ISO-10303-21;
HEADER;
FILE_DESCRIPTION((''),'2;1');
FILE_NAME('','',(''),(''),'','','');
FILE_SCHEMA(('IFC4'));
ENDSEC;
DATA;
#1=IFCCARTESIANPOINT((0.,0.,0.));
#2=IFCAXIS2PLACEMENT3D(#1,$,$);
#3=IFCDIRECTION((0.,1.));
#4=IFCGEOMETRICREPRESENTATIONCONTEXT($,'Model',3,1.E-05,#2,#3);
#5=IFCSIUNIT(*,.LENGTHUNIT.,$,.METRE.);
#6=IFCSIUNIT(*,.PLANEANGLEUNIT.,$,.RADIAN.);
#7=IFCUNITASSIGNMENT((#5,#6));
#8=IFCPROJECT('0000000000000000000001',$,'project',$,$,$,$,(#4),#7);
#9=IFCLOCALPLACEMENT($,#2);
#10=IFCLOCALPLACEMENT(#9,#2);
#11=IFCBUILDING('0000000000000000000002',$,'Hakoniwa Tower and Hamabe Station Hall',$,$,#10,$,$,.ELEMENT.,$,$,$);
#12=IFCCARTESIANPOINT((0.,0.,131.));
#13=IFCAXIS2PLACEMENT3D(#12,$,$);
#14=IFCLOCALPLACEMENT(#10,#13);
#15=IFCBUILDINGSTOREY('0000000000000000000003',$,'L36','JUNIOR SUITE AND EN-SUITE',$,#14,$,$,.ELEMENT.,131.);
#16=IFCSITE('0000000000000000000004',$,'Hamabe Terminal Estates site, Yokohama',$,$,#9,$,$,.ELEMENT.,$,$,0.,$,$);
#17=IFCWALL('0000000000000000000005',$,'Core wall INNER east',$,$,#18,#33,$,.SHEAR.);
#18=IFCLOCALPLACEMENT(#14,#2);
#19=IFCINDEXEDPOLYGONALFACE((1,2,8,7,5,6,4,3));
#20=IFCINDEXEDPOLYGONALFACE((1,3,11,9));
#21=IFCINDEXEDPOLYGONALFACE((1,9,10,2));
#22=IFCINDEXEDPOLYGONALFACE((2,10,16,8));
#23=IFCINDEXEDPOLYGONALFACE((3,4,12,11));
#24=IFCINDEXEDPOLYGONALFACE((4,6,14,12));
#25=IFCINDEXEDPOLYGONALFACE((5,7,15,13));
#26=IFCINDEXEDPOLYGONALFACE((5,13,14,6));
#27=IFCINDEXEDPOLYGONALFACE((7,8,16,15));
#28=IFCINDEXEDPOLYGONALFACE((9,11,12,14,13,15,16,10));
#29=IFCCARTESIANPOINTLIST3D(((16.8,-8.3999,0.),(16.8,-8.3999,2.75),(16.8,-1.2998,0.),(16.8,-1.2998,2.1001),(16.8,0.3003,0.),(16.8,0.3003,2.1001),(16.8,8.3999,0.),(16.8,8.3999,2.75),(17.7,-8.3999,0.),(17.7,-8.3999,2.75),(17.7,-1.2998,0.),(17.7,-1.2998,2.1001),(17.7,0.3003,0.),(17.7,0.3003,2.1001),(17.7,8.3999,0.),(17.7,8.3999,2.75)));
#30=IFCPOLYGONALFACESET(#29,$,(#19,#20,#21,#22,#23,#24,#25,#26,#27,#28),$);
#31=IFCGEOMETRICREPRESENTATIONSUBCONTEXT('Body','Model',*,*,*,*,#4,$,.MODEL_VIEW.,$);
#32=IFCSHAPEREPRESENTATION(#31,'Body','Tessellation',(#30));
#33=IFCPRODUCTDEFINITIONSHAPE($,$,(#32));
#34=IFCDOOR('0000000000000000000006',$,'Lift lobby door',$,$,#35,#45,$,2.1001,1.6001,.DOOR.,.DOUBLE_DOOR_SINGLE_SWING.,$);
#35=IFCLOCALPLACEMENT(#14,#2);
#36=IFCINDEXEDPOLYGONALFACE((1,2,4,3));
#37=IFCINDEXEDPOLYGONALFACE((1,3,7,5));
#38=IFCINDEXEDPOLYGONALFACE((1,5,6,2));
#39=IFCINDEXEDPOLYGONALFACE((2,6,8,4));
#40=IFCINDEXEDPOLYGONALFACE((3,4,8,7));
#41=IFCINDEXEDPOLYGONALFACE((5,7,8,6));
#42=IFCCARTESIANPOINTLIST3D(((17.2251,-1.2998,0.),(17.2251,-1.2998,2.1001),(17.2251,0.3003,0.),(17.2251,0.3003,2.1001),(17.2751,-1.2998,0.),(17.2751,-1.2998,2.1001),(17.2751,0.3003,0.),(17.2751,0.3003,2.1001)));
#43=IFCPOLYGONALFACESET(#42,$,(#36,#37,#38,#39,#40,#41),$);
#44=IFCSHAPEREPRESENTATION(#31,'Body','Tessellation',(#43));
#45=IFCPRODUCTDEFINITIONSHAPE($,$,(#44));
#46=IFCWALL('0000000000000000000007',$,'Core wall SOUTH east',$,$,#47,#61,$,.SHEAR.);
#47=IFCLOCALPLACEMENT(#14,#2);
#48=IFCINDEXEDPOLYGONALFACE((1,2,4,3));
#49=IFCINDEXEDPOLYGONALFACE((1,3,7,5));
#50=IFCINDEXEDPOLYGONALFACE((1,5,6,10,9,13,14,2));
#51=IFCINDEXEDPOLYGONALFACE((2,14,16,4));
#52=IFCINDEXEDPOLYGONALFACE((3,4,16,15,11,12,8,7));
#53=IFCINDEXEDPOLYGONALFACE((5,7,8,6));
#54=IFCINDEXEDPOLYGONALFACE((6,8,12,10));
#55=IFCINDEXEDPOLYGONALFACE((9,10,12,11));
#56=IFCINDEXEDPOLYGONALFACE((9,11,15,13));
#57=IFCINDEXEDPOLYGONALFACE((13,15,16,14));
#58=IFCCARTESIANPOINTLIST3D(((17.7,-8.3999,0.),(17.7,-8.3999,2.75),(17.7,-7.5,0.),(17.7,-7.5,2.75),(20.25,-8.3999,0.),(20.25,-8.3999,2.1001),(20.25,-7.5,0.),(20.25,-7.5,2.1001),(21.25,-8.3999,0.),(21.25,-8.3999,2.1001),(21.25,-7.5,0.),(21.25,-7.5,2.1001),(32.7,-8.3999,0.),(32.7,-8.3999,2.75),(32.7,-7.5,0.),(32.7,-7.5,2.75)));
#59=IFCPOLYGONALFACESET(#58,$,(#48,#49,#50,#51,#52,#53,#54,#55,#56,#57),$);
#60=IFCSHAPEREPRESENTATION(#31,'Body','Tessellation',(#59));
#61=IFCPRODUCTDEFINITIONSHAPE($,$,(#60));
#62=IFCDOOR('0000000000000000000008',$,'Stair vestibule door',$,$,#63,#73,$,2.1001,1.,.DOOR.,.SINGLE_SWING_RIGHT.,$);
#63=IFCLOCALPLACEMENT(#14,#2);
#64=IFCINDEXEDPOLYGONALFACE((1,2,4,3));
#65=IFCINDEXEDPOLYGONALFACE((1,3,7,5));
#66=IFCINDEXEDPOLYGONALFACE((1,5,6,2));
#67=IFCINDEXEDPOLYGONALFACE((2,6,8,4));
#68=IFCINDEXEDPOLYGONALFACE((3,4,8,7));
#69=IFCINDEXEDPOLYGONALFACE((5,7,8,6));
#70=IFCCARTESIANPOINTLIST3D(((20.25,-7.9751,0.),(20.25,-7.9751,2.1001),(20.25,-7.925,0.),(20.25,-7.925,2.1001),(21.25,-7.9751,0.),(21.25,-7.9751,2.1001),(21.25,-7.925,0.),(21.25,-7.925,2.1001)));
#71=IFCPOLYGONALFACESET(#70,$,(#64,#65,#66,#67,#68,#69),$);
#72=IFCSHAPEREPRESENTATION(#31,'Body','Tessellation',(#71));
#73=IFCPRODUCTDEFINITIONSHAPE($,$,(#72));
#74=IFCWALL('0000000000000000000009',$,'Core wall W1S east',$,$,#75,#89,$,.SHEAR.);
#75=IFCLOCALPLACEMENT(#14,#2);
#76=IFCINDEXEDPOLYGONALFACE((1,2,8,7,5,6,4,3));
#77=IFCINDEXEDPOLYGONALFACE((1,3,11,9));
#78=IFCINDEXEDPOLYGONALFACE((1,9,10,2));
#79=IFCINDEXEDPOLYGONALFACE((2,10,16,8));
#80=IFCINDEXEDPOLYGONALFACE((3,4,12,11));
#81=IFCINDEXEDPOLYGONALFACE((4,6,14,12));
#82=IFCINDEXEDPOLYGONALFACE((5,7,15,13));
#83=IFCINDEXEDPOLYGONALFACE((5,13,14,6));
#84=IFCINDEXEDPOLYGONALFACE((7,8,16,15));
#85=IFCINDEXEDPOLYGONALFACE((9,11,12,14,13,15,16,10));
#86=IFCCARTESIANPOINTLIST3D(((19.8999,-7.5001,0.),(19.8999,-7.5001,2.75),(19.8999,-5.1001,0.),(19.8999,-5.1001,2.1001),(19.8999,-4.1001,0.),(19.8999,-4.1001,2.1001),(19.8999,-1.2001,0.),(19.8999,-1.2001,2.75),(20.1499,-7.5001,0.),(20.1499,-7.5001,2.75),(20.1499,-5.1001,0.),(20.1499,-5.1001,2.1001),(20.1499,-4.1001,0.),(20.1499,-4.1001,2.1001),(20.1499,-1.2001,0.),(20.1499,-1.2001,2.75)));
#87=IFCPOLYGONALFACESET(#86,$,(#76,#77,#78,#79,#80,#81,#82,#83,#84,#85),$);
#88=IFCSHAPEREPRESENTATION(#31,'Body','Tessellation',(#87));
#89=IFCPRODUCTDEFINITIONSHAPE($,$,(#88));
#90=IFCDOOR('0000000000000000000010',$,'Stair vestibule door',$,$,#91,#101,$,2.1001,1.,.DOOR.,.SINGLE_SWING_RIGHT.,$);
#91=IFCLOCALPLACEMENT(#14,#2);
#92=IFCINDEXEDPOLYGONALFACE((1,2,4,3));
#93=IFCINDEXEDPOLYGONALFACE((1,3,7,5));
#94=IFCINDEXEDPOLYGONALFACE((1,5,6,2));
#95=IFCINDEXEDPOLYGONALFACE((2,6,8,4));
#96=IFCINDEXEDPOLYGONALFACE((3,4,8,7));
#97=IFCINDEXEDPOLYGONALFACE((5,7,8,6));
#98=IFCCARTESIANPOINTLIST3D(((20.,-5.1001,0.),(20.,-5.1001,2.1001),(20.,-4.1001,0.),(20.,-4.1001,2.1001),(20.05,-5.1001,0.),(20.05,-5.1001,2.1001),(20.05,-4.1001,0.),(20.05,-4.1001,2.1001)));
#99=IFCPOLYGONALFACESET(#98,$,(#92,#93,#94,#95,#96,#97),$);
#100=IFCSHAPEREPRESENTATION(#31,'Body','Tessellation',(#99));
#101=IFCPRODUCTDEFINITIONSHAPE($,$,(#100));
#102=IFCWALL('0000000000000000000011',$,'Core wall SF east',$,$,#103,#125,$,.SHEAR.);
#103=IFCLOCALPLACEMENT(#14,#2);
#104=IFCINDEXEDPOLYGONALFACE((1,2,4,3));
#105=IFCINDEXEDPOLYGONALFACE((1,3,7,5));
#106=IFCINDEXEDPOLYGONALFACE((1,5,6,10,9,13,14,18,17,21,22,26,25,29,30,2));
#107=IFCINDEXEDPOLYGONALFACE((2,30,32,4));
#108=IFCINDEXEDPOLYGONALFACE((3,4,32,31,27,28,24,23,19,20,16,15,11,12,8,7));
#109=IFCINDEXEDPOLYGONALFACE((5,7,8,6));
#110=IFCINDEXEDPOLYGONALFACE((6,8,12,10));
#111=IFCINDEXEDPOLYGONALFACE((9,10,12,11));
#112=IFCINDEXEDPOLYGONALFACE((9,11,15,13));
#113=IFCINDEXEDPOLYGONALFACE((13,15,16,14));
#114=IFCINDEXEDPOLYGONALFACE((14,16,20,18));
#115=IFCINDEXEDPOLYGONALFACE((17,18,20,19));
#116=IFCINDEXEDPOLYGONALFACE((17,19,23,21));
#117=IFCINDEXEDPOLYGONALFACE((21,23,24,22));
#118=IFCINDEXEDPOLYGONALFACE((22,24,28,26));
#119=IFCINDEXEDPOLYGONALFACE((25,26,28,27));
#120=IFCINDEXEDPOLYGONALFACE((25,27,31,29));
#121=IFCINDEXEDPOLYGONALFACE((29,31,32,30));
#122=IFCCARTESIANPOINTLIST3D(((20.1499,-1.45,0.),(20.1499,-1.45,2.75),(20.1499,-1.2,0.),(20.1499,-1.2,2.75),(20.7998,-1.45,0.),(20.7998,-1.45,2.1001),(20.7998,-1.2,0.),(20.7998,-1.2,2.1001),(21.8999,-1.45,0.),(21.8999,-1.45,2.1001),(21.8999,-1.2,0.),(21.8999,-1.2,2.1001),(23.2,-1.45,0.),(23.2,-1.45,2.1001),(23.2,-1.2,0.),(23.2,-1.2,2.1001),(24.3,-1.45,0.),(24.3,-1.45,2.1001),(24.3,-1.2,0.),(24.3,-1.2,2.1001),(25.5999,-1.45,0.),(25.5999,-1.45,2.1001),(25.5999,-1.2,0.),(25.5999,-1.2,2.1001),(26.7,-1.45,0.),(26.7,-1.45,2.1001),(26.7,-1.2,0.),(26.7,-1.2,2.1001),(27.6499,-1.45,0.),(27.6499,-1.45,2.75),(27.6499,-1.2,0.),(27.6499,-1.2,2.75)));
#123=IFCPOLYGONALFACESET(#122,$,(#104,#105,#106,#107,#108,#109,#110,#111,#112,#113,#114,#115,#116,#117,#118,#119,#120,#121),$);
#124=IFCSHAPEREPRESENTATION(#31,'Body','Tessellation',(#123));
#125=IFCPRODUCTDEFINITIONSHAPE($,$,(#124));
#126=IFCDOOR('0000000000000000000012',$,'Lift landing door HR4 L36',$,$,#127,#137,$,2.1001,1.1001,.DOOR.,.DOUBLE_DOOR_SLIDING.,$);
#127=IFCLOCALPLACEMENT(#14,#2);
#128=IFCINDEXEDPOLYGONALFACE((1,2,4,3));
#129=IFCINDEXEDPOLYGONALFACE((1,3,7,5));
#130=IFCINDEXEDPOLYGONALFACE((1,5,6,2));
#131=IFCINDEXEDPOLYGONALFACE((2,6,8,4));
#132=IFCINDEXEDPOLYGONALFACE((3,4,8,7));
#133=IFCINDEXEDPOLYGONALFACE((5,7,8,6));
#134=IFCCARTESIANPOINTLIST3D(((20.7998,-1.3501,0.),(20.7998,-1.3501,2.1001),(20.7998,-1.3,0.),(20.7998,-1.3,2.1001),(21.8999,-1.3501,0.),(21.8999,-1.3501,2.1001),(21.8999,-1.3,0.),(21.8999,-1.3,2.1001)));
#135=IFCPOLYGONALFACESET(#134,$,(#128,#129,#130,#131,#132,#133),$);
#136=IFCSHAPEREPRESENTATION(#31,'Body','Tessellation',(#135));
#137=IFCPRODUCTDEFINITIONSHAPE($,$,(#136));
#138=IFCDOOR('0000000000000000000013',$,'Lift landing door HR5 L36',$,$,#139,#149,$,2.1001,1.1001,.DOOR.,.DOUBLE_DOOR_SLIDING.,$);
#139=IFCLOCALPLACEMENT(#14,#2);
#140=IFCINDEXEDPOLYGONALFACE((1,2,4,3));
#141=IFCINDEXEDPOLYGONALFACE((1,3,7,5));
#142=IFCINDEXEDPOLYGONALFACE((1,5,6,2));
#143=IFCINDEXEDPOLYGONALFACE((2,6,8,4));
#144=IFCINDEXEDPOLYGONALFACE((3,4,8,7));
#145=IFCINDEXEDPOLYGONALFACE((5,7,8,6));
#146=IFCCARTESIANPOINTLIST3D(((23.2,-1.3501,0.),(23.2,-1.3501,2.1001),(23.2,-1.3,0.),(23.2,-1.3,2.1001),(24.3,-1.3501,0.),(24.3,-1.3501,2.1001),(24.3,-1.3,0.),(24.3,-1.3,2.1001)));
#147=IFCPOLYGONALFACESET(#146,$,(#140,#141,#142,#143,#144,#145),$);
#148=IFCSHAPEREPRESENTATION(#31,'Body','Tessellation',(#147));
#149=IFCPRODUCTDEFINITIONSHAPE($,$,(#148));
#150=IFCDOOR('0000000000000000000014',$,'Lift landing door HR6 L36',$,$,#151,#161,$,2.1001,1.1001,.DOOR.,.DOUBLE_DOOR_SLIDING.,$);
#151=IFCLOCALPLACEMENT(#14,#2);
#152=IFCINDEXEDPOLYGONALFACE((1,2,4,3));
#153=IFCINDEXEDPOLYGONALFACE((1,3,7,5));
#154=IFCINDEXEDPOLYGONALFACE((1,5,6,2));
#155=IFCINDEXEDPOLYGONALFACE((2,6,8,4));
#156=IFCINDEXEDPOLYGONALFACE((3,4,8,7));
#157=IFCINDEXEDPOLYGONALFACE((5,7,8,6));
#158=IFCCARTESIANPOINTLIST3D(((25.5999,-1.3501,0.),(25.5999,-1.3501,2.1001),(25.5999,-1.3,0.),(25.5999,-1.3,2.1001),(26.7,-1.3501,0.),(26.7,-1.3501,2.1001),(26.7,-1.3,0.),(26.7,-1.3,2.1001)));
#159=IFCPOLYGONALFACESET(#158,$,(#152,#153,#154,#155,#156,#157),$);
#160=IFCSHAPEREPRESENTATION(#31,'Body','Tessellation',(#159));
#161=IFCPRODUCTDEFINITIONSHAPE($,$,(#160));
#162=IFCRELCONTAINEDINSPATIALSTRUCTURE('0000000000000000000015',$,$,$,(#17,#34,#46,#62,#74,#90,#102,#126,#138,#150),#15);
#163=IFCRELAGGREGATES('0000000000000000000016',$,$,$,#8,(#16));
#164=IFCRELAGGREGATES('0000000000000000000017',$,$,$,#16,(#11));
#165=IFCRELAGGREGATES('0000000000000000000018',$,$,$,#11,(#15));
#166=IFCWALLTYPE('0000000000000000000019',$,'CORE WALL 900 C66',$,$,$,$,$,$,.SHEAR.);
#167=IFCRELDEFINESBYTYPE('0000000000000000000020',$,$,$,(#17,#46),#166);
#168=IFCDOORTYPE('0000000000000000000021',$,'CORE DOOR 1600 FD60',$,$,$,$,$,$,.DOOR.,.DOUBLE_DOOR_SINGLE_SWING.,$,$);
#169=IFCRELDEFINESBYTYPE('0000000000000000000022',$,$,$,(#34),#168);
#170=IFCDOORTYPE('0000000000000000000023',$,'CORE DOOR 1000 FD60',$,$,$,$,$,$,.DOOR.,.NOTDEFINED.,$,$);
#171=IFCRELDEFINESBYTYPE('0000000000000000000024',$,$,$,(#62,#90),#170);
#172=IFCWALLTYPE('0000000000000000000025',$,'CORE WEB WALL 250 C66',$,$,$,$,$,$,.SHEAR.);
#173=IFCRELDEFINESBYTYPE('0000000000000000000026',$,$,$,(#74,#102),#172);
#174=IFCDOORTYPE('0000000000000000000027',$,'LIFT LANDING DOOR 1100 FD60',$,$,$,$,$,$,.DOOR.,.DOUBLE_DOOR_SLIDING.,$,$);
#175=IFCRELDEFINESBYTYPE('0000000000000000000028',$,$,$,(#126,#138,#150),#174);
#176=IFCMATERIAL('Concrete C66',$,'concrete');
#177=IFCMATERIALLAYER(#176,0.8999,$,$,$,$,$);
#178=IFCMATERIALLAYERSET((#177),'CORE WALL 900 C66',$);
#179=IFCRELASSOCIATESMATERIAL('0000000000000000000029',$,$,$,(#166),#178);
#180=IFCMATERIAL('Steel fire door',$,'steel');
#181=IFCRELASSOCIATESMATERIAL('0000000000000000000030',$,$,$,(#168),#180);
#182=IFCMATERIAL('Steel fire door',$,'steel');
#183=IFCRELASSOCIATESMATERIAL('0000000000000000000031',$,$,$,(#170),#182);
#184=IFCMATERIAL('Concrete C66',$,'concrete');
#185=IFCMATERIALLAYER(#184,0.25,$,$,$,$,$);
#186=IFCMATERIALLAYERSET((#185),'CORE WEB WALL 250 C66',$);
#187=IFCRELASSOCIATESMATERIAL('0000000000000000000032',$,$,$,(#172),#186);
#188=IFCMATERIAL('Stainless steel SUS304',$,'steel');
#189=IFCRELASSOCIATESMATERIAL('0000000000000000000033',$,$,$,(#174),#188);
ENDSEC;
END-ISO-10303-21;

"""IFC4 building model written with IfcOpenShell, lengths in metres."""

from ifc_helpers import new_model, si_unit, direction, frame, frame_2d, origin, place, context, subcontext, project, spatial, rectangle, extrude, material, layer, layer_set, type_object, element, fill, save


model = new_model("IFC4")

# Units and contexts
model_context = context("Model", 3, precision=1e-05, world=origin(), true_north=direction((0.0, 1.0)))
body_context = subcontext(model_context, "Body", "Model", "MODEL_VIEW")
ifc_project = project(units=[si_unit("LENGTHUNIT", "METRE"), si_unit("PLANEANGLEUNIT", "RADIAN")], contexts=[model_context])

# Site, building, storey
site_placement = place(None, origin())
site = spatial("IfcSite", under=ifc_project, at=site_placement, Name="Hamabe Terminal Estates site, Yokohama", CompositionType="ELEMENT", RefElevation=0.0)
building_placement = place(site_placement, origin())
building = spatial("IfcBuilding", under=site, at=building_placement, Name="Hakoniwa Tower and Hamabe Station Hall", CompositionType="ELEMENT")
storey_placement = place(building_placement, frame((0.0, 0.0, 131.0)))
storey = spatial("IfcBuildingStorey", under=building, at=storey_placement, Name="L36", Description="JUNIOR SUITE AND EN-SUITE", CompositionType="ELEMENT", Elevation=131.0)

# Walls, openings, doors
ifc_material_1 = material(Name="Concrete C66", Category="concrete")
ifc_layer_1 = layer(ifc_material_1, 0.8999)
ifc_layer_set_1 = layer_set([ifc_layer_1], Name="CORE WALL 900 C66")
wall_type_1 = type_object("IfcWallType", Name="CORE WALL 900 C66", PredefinedType="SHEAR", material=ifc_layer_set_1)
wall_1_placement = place(storey_placement, frame((17.25, -8.3999, 0.0), z_axis=(0.0, 0.0, 1.0), x_axis=(0.0, 1.0, 0.0)))
wall_1 = element("IfcWall", 1, at=wall_1_placement, inside=storey, type_object=wall_type_1, Name="Core wall INNER east", PredefinedType="SHEAR", context=body_context, shape_type="SweptSolid", body=[
    extrude(rectangle(XDim=16.7998, YDim=0.8999, at=frame_2d((8.3999, 0.0))), origin(), (0.0, 0.0, 1.0), 2.75),
])
opening_1_placement = place(wall_1_placement, frame((7.1001, 0.0, 0.0)))
opening_1 = element("IfcOpeningElement", 2, at=opening_1_placement, cuts=wall_1, PredefinedType="OPENING", context=body_context, shape_type="SweptSolid", body=[
    extrude(rectangle(XDim=1.6001, YDim=2.1001, at=frame_2d((0.8, 1.05))), frame((0.0, 0.46, 0.0), z_axis=(0.0, -1.0, 0.0), x_axis=(1.0, 0.0, 0.0)), (0.0, 0.0, 1.0), 0.9199),
])
ifc_material_2 = material(Name="Steel fire door", Category="steel")
door_type_1 = type_object("IfcDoorType", Name="CORE DOOR 1600 FD60", OperationType="DOUBLE_DOOR_SINGLE_SWING", PredefinedType="DOOR", material=ifc_material_2)
door_1_placement = place(opening_1_placement, origin())
door_1 = element("IfcDoor", 3, at=door_1_placement, inside=storey, type_object=door_type_1, Name="Lift lobby door", OperationType="DOUBLE_DOOR_SINGLE_SWING", OverallHeight=2.1001, OverallWidth=1.6001, PredefinedType="DOOR", context=body_context, shape_type="SweptSolid", body=[
    extrude(rectangle(XDim=1.6001, YDim=2.1001, at=frame_2d((0.8, 1.05))), frame((0.0, 0.0249, 0.0), z_axis=(0.0, -1.0, 0.0), x_axis=(1.0, 0.0, 0.0)), (0.0, 0.0, 1.0), 0.05),
])
fill(opening_1, door_1)
wall_2_placement = place(storey_placement, frame((17.7, -7.95, 0.0), z_axis=(0.0, 0.0, 1.0), x_axis=(1.0, 0.0, 0.0)))
wall_2 = element("IfcWall", 4, at=wall_2_placement, inside=storey, type_object=wall_type_1, Name="Core wall SOUTH east", PredefinedType="SHEAR", context=body_context, shape_type="SweptSolid", body=[
    extrude(rectangle(XDim=15.0, YDim=0.8999, at=frame_2d((7.5, 0.0))), origin(), (0.0, 0.0, 1.0), 2.75),
])
opening_2_placement = place(wall_2_placement, frame((2.55, 0.0, 0.0)))
opening_2 = element("IfcOpeningElement", 5, at=opening_2_placement, cuts=wall_2, PredefinedType="OPENING", context=body_context, shape_type="SweptSolid", body=[
    extrude(rectangle(XDim=1.0, YDim=2.1001, at=frame_2d((0.5, 1.05))), frame((0.0, 0.46, 0.0), z_axis=(0.0, -1.0, 0.0), x_axis=(1.0, 0.0, 0.0)), (0.0, 0.0, 1.0), 0.9199),
])
ifc_material_3 = material(Name="Steel fire door", Category="steel")
door_type_2 = type_object("IfcDoorType", Name="CORE DOOR 1000 FD60", OperationType="NOTDEFINED", PredefinedType="DOOR", material=ifc_material_3)
door_2_placement = place(opening_2_placement, origin())
door_2 = element("IfcDoor", 6, at=door_2_placement, inside=storey, type_object=door_type_2, Name="Stair vestibule door", OperationType="SINGLE_SWING_RIGHT", OverallHeight=2.1001, OverallWidth=1.0, PredefinedType="DOOR", context=body_context, shape_type="SweptSolid", body=[
    extrude(rectangle(XDim=1.0, YDim=2.1001, at=frame_2d((0.5, 1.05))), frame((0.0, 0.0249, 0.0), z_axis=(0.0, -1.0, 0.0), x_axis=(1.0, 0.0, 0.0)), (0.0, 0.0, 1.0), 0.05),
])
fill(opening_2, door_2)
ifc_material_4 = material(Name="Concrete C66", Category="concrete")
ifc_layer_2 = layer(ifc_material_4, 0.25)
ifc_layer_set_2 = layer_set([ifc_layer_2], Name="CORE WEB WALL 250 C66")
wall_type_2 = type_object("IfcWallType", Name="CORE WEB WALL 250 C66", PredefinedType="SHEAR", material=ifc_layer_set_2)
wall_3_placement = place(storey_placement, frame((20.0249, -7.5, 0.0), z_axis=(0.0, 0.0, 1.0), x_axis=(0.0, 1.0, 0.0)))
wall_3 = element("IfcWall", 7, at=wall_3_placement, inside=storey, type_object=wall_type_2, Name="Core wall W1S east", PredefinedType="SHEAR", context=body_context, shape_type="SweptSolid", body=[
    extrude(rectangle(XDim=6.3, YDim=0.25, at=frame_2d((3.1499, 0.0))), origin(), (0.0, 0.0, 1.0), 2.75),
])
opening_3_placement = place(wall_3_placement, frame((2.3999, 0.0, 0.0)))
opening_3 = element("IfcOpeningElement", 8, at=opening_3_placement, cuts=wall_3, PredefinedType="OPENING", context=body_context, shape_type="SweptSolid", body=[
    extrude(rectangle(XDim=1.0, YDim=2.1001, at=frame_2d((0.5, 1.05))), frame((0.0, 0.135, 0.0), z_axis=(0.0, -1.0, 0.0), x_axis=(1.0, 0.0, 0.0)), (0.0, 0.0, 1.0), 0.27),
])
door_3_placement = place(opening_3_placement, origin())
door_3 = element("IfcDoor", 9, at=door_3_placement, inside=storey, type_object=door_type_2, Name="Stair vestibule door", OperationType="SINGLE_SWING_RIGHT", OverallHeight=2.1001, OverallWidth=1.0, PredefinedType="DOOR", context=body_context, shape_type="SweptSolid", body=[
    extrude(rectangle(XDim=1.0, YDim=2.1001, at=frame_2d((0.5, 1.05))), frame((0.0, 0.0249, 0.0), z_axis=(0.0, -1.0, 0.0), x_axis=(1.0, 0.0, 0.0)), (0.0, 0.0, 1.0), 0.05),
])
fill(opening_3, door_3)

# Wall, openings, doors
wall_4_placement = place(storey_placement, frame((20.1499, -1.325, 0.0), z_axis=(0.0, 0.0, 1.0), x_axis=(1.0, 0.0, 0.0)))
wall_4 = element("IfcWall", 10, at=wall_4_placement, inside=storey, type_object=wall_type_2, Name="Core wall SF east", PredefinedType="SHEAR", context=body_context, shape_type="SweptSolid", body=[
    extrude(rectangle(XDim=7.5, YDim=0.25, at=frame_2d((3.75, 0.0))), origin(), (0.0, 0.0, 1.0), 2.75),
])
opening_4_placement = place(wall_4_placement, frame((0.6499, 0.0, 0.0)))
opening_4 = element("IfcOpeningElement", 11, at=opening_4_placement, cuts=wall_4, PredefinedType="OPENING", context=body_context, shape_type="SweptSolid", body=[
    extrude(rectangle(XDim=1.1001, YDim=2.1001, at=frame_2d((0.55, 1.05))), frame((0.0, 0.135, 0.0), z_axis=(0.0, -1.0, 0.0), x_axis=(1.0, 0.0, 0.0)), (0.0, 0.0, 1.0), 0.27),
])
opening_5_placement = place(wall_4_placement, frame((3.05, 0.0, 0.0)))
opening_5 = element("IfcOpeningElement", 12, at=opening_5_placement, cuts=wall_4, PredefinedType="OPENING", context=body_context, shape_type="SweptSolid", body=[
    extrude(rectangle(XDim=1.1001, YDim=2.1001, at=frame_2d((0.55, 1.05))), frame((0.0, 0.135, 0.0), z_axis=(0.0, -1.0, 0.0), x_axis=(1.0, 0.0, 0.0)), (0.0, 0.0, 1.0), 0.27),
])
opening_6_placement = place(wall_4_placement, frame((5.45, 0.0, 0.0)))
opening_6 = element("IfcOpeningElement", 13, at=opening_6_placement, cuts=wall_4, PredefinedType="OPENING", context=body_context, shape_type="SweptSolid", body=[
    extrude(rectangle(XDim=1.1001, YDim=2.1001, at=frame_2d((0.55, 1.05))), frame((0.0, 0.135, 0.0), z_axis=(0.0, -1.0, 0.0), x_axis=(1.0, 0.0, 0.0)), (0.0, 0.0, 1.0), 0.27),
])
ifc_material_5 = material(Name="Stainless steel SUS304", Category="steel")
door_type_3 = type_object("IfcDoorType", Name="LIFT LANDING DOOR 1100 FD60", OperationType="DOUBLE_DOOR_SLIDING", PredefinedType="DOOR", material=ifc_material_5)
door_4_placement = place(opening_4_placement, origin())
door_4 = element("IfcDoor", 14, at=door_4_placement, inside=storey, type_object=door_type_3, Name="Lift landing door HR4 L36", OperationType="DOUBLE_DOOR_SLIDING", OverallHeight=2.1001, OverallWidth=1.1001, PredefinedType="DOOR", context=body_context, shape_type="SweptSolid", body=[
    extrude(rectangle(XDim=1.1001, YDim=2.1001, at=frame_2d((0.55, 1.05))), frame((0.0, 0.0249, 0.0), z_axis=(0.0, -1.0, 0.0), x_axis=(1.0, 0.0, 0.0)), (0.0, 0.0, 1.0), 0.05),
])
fill(opening_4, door_4)
door_5_placement = place(opening_5_placement, origin())
door_5 = element("IfcDoor", 15, at=door_5_placement, inside=storey, type_object=door_type_3, Name="Lift landing door HR5 L36", OperationType="DOUBLE_DOOR_SLIDING", OverallHeight=2.1001, OverallWidth=1.1001, PredefinedType="DOOR", context=body_context, shape_type="SweptSolid", body=[
    extrude(rectangle(XDim=1.1001, YDim=2.1001, at=frame_2d((0.55, 1.05))), frame((0.0, 0.0249, 0.0), z_axis=(0.0, -1.0, 0.0), x_axis=(1.0, 0.0, 0.0)), (0.0, 0.0, 1.0), 0.05),
])
fill(opening_5, door_5)
door_6_placement = place(opening_6_placement, origin())
door_6 = element("IfcDoor", 16, at=door_6_placement, inside=storey, type_object=door_type_3, Name="Lift landing door HR6 L36", OperationType="DOUBLE_DOOR_SLIDING", OverallHeight=2.1001, OverallWidth=1.1001, PredefinedType="DOOR", context=body_context, shape_type="SweptSolid", body=[
    extrude(rectangle(XDim=1.1001, YDim=2.1001, at=frame_2d((0.55, 1.05))), frame((0.0, 0.0249, 0.0), z_axis=(0.0, -1.0, 0.0), x_axis=(1.0, 0.0, 0.0)), (0.0, 0.0, 1.0), 0.05),
])
fill(opening_6, door_6)

save(model, "model.ifc")
